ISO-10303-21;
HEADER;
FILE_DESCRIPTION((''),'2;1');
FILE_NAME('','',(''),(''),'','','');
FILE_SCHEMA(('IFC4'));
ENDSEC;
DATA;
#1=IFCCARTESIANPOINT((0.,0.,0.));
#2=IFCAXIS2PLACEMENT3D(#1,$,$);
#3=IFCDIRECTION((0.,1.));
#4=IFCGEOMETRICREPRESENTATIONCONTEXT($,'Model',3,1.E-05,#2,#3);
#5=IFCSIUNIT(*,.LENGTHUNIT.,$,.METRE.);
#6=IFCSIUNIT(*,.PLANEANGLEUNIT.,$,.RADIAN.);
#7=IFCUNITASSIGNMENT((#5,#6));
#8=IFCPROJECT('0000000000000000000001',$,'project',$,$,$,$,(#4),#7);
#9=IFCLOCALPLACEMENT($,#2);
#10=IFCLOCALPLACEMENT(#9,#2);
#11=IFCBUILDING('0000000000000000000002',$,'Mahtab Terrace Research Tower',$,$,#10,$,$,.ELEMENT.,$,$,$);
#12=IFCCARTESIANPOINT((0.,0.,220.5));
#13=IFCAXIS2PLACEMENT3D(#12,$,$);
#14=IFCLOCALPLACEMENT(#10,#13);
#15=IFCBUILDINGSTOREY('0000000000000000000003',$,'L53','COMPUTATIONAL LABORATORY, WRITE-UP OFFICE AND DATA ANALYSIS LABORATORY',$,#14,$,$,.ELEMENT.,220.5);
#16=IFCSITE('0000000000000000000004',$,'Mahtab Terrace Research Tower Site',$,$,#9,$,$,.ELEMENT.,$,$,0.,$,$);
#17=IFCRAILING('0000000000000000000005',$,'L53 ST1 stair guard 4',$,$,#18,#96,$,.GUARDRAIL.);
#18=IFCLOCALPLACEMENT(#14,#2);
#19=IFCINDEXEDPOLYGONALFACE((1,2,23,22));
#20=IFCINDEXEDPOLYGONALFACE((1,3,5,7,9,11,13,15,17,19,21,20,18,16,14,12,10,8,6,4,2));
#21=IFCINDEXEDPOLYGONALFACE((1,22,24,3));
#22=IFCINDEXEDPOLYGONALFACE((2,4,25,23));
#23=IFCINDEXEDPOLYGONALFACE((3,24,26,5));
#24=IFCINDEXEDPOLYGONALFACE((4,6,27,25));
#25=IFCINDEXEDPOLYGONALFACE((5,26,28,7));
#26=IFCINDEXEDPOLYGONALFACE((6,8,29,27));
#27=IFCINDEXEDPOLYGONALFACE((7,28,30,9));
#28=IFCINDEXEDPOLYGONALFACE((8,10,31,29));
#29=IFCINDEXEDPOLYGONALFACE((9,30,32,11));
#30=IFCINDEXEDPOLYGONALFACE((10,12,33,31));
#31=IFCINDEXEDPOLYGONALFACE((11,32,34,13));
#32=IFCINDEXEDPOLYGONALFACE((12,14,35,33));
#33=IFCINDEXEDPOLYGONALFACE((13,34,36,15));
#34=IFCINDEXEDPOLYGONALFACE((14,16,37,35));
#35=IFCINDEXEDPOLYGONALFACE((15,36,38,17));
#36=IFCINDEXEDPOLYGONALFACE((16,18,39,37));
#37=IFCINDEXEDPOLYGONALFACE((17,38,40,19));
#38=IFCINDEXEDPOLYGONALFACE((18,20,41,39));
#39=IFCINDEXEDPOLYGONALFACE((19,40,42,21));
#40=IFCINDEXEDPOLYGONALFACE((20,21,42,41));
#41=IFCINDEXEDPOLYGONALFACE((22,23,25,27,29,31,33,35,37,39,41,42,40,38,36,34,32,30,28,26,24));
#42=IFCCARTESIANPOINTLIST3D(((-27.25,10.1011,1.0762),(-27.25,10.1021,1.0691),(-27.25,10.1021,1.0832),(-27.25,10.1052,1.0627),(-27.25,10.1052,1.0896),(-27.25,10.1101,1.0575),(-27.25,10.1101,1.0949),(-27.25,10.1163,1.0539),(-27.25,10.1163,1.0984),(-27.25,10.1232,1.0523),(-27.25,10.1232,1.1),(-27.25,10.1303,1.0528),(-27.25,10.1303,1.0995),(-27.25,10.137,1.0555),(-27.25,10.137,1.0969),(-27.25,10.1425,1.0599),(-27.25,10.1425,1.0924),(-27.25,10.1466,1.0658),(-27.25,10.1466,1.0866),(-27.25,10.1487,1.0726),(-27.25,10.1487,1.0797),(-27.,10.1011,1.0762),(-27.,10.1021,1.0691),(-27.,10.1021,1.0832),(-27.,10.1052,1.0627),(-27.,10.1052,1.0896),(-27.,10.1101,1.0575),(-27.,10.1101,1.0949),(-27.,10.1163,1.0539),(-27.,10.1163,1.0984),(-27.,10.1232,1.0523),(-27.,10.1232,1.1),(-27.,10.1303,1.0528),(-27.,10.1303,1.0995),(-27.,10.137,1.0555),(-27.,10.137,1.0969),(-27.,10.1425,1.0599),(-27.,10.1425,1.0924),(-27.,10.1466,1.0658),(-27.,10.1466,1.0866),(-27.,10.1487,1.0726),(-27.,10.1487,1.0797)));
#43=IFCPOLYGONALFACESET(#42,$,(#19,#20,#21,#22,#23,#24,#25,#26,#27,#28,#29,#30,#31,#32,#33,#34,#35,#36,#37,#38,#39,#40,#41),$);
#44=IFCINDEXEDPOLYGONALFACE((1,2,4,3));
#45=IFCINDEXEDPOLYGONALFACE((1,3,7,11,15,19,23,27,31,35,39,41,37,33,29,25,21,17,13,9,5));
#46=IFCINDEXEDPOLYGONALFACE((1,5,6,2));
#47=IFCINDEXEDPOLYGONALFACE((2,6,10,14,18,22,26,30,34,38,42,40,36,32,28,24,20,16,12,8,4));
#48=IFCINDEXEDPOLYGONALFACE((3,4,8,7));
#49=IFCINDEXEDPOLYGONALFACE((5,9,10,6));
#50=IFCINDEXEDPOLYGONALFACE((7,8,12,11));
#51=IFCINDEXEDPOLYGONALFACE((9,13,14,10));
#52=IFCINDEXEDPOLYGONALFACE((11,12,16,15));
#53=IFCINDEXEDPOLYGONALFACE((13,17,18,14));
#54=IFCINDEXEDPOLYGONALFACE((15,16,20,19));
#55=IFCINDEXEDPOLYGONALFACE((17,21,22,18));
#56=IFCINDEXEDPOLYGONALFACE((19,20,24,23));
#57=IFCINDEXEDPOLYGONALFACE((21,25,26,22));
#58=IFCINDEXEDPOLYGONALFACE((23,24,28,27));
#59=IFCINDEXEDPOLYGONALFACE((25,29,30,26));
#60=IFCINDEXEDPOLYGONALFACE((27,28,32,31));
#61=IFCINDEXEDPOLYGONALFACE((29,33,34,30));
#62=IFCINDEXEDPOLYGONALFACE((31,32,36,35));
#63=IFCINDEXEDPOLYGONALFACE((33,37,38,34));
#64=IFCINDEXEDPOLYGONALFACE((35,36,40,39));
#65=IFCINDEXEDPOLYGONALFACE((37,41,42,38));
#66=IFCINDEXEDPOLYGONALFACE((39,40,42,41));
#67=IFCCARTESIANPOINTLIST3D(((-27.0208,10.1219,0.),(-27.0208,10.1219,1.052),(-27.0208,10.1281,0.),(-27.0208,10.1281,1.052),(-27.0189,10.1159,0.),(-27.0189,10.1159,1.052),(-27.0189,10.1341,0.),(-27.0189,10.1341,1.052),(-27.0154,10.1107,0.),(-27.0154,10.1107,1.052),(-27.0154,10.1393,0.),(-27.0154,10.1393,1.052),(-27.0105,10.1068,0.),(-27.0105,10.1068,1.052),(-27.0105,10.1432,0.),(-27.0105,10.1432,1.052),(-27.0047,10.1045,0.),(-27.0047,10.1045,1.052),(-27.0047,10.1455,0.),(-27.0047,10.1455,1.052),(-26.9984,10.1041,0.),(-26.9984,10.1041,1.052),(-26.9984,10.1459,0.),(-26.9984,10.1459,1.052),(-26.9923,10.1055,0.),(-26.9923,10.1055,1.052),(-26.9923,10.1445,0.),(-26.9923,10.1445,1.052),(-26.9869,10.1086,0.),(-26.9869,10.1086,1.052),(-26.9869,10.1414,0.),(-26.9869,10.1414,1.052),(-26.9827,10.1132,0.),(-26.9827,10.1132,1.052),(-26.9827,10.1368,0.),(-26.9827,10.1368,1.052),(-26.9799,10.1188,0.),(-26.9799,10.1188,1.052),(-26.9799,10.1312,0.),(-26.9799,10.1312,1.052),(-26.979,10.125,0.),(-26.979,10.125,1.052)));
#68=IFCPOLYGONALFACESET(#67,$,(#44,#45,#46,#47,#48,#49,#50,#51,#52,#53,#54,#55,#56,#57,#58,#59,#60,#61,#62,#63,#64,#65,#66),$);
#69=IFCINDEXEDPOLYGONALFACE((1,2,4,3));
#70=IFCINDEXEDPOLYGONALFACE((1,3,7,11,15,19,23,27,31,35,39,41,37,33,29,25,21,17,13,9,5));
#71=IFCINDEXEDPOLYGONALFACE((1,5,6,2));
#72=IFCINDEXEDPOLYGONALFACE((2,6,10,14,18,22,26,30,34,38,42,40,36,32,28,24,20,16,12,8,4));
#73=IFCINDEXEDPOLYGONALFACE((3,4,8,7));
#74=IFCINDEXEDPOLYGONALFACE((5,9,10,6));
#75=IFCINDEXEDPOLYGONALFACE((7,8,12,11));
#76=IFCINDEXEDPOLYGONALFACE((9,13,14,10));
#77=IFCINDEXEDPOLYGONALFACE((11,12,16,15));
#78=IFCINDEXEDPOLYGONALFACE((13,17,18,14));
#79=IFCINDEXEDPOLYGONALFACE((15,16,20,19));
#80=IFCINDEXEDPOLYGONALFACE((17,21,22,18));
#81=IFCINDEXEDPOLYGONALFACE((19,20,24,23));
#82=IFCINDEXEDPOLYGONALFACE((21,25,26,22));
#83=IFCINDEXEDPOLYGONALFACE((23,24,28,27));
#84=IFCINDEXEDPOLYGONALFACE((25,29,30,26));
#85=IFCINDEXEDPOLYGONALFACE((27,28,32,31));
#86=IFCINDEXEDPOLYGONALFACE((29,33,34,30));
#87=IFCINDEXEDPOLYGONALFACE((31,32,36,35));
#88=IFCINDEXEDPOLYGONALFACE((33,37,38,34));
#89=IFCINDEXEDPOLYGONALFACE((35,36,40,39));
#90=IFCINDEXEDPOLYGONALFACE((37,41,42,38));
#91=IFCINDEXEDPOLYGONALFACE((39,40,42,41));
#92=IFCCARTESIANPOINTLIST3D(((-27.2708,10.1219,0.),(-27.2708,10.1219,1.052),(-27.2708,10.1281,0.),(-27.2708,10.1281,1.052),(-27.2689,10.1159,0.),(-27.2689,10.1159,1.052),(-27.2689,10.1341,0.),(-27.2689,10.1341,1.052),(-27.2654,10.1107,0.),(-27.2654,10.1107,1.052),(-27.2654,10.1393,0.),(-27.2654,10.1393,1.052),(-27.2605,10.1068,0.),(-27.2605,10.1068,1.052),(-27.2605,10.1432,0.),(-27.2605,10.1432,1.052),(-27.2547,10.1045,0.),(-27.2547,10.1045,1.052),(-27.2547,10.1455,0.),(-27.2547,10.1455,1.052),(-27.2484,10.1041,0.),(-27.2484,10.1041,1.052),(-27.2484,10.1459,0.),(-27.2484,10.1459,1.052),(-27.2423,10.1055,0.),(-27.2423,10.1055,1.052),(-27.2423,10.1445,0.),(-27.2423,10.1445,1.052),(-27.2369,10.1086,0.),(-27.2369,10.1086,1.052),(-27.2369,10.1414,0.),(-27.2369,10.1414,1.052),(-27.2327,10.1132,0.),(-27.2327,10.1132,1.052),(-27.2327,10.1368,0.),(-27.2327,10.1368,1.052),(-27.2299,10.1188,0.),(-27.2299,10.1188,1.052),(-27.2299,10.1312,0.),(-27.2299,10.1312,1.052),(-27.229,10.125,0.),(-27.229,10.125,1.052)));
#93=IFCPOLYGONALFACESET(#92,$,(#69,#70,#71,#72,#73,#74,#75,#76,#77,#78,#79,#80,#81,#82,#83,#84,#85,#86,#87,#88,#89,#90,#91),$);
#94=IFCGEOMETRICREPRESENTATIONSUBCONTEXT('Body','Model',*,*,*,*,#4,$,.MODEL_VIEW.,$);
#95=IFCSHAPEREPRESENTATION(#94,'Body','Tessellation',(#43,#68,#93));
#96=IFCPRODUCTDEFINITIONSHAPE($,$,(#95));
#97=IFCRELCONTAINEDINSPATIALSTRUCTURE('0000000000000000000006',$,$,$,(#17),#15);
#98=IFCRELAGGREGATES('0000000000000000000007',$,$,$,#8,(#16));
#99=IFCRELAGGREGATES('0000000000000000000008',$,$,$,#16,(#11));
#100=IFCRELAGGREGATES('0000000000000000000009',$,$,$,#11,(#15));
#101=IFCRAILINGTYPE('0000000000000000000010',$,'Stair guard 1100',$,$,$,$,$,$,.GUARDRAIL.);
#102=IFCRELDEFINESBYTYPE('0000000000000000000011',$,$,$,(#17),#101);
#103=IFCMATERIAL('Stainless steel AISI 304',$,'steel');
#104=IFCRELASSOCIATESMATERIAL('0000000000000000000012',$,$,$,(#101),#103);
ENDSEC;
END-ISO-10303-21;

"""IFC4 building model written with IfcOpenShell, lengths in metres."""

from ifc_helpers import new_model, si_unit, direction, frame, origin, origin_2d, place, context, subcontext, project, spatial, circle, extrude, material, type_object, element, save


model = new_model("IFC4")

# Units and contexts
model_context = context("Model", 3, precision=1e-05, world=origin(), true_north=direction((0.0, 1.0)))
body_context = subcontext(model_context, "Body", "Model", "MODEL_VIEW")
ifc_project = project(units=[si_unit("LENGTHUNIT", "METRE"), si_unit("PLANEANGLEUNIT", "RADIAN")], contexts=[model_context])

# Site, building, storey
site_placement = place(None, origin())
site = spatial("IfcSite", under=ifc_project, at=site_placement, Name="Mahtab Terrace Research Tower Site", CompositionType="ELEMENT", RefElevation=0.0)
building_placement = place(site_placement, origin())
building = spatial("IfcBuilding", under=site, at=building_placement, Name="Mahtab Terrace Research Tower", CompositionType="ELEMENT")
storey_placement = place(building_placement, frame((0.0, 0.0, 220.5)))
storey = spatial("IfcBuildingStorey", under=building, at=storey_placement, Name="L53", Description="COMPUTATIONAL LABORATORY, WRITE-UP OFFICE AND DATA ANALYSIS LABORATORY", CompositionType="ELEMENT", Elevation=220.5)

# Railing
ifc_material_1 = material(Name="Stainless steel AISI 304", Category="steel")
railing_type_1 = type_object("IfcRailingType", Name="Stair guard 1100", PredefinedType="GUARDRAIL", material=ifc_material_1)
railing_1_placement = place(storey_placement, frame((-27.0, 10.125, 0.0)))
element("IfcRailing", 1, at=railing_1_placement, inside=storey, type_object=railing_type_1, Name="L53 ST1 stair guard 4", PredefinedType="GUARDRAIL", context=body_context, shape_type="SweptSolid", body=[
    extrude(circle(Radius=0.0239, at=origin_2d()), frame((0.0, 0.0, 1.0762), z_axis=(-1.0, 0.0, 0.0), x_axis=(0.0, -1.0, 0.0)), (0.0, 0.0, 1.0), 0.25),
    extrude(circle(Radius=0.021, at=origin_2d()), origin(), (0.0, 0.0, 1.0), 1.052),
    extrude(circle(Radius=0.021, at=origin_2d()), frame((-0.25, 0.0, 0.0)), (0.0, 0.0, 1.0), 1.052),
])

save(model, "model.ifc")
